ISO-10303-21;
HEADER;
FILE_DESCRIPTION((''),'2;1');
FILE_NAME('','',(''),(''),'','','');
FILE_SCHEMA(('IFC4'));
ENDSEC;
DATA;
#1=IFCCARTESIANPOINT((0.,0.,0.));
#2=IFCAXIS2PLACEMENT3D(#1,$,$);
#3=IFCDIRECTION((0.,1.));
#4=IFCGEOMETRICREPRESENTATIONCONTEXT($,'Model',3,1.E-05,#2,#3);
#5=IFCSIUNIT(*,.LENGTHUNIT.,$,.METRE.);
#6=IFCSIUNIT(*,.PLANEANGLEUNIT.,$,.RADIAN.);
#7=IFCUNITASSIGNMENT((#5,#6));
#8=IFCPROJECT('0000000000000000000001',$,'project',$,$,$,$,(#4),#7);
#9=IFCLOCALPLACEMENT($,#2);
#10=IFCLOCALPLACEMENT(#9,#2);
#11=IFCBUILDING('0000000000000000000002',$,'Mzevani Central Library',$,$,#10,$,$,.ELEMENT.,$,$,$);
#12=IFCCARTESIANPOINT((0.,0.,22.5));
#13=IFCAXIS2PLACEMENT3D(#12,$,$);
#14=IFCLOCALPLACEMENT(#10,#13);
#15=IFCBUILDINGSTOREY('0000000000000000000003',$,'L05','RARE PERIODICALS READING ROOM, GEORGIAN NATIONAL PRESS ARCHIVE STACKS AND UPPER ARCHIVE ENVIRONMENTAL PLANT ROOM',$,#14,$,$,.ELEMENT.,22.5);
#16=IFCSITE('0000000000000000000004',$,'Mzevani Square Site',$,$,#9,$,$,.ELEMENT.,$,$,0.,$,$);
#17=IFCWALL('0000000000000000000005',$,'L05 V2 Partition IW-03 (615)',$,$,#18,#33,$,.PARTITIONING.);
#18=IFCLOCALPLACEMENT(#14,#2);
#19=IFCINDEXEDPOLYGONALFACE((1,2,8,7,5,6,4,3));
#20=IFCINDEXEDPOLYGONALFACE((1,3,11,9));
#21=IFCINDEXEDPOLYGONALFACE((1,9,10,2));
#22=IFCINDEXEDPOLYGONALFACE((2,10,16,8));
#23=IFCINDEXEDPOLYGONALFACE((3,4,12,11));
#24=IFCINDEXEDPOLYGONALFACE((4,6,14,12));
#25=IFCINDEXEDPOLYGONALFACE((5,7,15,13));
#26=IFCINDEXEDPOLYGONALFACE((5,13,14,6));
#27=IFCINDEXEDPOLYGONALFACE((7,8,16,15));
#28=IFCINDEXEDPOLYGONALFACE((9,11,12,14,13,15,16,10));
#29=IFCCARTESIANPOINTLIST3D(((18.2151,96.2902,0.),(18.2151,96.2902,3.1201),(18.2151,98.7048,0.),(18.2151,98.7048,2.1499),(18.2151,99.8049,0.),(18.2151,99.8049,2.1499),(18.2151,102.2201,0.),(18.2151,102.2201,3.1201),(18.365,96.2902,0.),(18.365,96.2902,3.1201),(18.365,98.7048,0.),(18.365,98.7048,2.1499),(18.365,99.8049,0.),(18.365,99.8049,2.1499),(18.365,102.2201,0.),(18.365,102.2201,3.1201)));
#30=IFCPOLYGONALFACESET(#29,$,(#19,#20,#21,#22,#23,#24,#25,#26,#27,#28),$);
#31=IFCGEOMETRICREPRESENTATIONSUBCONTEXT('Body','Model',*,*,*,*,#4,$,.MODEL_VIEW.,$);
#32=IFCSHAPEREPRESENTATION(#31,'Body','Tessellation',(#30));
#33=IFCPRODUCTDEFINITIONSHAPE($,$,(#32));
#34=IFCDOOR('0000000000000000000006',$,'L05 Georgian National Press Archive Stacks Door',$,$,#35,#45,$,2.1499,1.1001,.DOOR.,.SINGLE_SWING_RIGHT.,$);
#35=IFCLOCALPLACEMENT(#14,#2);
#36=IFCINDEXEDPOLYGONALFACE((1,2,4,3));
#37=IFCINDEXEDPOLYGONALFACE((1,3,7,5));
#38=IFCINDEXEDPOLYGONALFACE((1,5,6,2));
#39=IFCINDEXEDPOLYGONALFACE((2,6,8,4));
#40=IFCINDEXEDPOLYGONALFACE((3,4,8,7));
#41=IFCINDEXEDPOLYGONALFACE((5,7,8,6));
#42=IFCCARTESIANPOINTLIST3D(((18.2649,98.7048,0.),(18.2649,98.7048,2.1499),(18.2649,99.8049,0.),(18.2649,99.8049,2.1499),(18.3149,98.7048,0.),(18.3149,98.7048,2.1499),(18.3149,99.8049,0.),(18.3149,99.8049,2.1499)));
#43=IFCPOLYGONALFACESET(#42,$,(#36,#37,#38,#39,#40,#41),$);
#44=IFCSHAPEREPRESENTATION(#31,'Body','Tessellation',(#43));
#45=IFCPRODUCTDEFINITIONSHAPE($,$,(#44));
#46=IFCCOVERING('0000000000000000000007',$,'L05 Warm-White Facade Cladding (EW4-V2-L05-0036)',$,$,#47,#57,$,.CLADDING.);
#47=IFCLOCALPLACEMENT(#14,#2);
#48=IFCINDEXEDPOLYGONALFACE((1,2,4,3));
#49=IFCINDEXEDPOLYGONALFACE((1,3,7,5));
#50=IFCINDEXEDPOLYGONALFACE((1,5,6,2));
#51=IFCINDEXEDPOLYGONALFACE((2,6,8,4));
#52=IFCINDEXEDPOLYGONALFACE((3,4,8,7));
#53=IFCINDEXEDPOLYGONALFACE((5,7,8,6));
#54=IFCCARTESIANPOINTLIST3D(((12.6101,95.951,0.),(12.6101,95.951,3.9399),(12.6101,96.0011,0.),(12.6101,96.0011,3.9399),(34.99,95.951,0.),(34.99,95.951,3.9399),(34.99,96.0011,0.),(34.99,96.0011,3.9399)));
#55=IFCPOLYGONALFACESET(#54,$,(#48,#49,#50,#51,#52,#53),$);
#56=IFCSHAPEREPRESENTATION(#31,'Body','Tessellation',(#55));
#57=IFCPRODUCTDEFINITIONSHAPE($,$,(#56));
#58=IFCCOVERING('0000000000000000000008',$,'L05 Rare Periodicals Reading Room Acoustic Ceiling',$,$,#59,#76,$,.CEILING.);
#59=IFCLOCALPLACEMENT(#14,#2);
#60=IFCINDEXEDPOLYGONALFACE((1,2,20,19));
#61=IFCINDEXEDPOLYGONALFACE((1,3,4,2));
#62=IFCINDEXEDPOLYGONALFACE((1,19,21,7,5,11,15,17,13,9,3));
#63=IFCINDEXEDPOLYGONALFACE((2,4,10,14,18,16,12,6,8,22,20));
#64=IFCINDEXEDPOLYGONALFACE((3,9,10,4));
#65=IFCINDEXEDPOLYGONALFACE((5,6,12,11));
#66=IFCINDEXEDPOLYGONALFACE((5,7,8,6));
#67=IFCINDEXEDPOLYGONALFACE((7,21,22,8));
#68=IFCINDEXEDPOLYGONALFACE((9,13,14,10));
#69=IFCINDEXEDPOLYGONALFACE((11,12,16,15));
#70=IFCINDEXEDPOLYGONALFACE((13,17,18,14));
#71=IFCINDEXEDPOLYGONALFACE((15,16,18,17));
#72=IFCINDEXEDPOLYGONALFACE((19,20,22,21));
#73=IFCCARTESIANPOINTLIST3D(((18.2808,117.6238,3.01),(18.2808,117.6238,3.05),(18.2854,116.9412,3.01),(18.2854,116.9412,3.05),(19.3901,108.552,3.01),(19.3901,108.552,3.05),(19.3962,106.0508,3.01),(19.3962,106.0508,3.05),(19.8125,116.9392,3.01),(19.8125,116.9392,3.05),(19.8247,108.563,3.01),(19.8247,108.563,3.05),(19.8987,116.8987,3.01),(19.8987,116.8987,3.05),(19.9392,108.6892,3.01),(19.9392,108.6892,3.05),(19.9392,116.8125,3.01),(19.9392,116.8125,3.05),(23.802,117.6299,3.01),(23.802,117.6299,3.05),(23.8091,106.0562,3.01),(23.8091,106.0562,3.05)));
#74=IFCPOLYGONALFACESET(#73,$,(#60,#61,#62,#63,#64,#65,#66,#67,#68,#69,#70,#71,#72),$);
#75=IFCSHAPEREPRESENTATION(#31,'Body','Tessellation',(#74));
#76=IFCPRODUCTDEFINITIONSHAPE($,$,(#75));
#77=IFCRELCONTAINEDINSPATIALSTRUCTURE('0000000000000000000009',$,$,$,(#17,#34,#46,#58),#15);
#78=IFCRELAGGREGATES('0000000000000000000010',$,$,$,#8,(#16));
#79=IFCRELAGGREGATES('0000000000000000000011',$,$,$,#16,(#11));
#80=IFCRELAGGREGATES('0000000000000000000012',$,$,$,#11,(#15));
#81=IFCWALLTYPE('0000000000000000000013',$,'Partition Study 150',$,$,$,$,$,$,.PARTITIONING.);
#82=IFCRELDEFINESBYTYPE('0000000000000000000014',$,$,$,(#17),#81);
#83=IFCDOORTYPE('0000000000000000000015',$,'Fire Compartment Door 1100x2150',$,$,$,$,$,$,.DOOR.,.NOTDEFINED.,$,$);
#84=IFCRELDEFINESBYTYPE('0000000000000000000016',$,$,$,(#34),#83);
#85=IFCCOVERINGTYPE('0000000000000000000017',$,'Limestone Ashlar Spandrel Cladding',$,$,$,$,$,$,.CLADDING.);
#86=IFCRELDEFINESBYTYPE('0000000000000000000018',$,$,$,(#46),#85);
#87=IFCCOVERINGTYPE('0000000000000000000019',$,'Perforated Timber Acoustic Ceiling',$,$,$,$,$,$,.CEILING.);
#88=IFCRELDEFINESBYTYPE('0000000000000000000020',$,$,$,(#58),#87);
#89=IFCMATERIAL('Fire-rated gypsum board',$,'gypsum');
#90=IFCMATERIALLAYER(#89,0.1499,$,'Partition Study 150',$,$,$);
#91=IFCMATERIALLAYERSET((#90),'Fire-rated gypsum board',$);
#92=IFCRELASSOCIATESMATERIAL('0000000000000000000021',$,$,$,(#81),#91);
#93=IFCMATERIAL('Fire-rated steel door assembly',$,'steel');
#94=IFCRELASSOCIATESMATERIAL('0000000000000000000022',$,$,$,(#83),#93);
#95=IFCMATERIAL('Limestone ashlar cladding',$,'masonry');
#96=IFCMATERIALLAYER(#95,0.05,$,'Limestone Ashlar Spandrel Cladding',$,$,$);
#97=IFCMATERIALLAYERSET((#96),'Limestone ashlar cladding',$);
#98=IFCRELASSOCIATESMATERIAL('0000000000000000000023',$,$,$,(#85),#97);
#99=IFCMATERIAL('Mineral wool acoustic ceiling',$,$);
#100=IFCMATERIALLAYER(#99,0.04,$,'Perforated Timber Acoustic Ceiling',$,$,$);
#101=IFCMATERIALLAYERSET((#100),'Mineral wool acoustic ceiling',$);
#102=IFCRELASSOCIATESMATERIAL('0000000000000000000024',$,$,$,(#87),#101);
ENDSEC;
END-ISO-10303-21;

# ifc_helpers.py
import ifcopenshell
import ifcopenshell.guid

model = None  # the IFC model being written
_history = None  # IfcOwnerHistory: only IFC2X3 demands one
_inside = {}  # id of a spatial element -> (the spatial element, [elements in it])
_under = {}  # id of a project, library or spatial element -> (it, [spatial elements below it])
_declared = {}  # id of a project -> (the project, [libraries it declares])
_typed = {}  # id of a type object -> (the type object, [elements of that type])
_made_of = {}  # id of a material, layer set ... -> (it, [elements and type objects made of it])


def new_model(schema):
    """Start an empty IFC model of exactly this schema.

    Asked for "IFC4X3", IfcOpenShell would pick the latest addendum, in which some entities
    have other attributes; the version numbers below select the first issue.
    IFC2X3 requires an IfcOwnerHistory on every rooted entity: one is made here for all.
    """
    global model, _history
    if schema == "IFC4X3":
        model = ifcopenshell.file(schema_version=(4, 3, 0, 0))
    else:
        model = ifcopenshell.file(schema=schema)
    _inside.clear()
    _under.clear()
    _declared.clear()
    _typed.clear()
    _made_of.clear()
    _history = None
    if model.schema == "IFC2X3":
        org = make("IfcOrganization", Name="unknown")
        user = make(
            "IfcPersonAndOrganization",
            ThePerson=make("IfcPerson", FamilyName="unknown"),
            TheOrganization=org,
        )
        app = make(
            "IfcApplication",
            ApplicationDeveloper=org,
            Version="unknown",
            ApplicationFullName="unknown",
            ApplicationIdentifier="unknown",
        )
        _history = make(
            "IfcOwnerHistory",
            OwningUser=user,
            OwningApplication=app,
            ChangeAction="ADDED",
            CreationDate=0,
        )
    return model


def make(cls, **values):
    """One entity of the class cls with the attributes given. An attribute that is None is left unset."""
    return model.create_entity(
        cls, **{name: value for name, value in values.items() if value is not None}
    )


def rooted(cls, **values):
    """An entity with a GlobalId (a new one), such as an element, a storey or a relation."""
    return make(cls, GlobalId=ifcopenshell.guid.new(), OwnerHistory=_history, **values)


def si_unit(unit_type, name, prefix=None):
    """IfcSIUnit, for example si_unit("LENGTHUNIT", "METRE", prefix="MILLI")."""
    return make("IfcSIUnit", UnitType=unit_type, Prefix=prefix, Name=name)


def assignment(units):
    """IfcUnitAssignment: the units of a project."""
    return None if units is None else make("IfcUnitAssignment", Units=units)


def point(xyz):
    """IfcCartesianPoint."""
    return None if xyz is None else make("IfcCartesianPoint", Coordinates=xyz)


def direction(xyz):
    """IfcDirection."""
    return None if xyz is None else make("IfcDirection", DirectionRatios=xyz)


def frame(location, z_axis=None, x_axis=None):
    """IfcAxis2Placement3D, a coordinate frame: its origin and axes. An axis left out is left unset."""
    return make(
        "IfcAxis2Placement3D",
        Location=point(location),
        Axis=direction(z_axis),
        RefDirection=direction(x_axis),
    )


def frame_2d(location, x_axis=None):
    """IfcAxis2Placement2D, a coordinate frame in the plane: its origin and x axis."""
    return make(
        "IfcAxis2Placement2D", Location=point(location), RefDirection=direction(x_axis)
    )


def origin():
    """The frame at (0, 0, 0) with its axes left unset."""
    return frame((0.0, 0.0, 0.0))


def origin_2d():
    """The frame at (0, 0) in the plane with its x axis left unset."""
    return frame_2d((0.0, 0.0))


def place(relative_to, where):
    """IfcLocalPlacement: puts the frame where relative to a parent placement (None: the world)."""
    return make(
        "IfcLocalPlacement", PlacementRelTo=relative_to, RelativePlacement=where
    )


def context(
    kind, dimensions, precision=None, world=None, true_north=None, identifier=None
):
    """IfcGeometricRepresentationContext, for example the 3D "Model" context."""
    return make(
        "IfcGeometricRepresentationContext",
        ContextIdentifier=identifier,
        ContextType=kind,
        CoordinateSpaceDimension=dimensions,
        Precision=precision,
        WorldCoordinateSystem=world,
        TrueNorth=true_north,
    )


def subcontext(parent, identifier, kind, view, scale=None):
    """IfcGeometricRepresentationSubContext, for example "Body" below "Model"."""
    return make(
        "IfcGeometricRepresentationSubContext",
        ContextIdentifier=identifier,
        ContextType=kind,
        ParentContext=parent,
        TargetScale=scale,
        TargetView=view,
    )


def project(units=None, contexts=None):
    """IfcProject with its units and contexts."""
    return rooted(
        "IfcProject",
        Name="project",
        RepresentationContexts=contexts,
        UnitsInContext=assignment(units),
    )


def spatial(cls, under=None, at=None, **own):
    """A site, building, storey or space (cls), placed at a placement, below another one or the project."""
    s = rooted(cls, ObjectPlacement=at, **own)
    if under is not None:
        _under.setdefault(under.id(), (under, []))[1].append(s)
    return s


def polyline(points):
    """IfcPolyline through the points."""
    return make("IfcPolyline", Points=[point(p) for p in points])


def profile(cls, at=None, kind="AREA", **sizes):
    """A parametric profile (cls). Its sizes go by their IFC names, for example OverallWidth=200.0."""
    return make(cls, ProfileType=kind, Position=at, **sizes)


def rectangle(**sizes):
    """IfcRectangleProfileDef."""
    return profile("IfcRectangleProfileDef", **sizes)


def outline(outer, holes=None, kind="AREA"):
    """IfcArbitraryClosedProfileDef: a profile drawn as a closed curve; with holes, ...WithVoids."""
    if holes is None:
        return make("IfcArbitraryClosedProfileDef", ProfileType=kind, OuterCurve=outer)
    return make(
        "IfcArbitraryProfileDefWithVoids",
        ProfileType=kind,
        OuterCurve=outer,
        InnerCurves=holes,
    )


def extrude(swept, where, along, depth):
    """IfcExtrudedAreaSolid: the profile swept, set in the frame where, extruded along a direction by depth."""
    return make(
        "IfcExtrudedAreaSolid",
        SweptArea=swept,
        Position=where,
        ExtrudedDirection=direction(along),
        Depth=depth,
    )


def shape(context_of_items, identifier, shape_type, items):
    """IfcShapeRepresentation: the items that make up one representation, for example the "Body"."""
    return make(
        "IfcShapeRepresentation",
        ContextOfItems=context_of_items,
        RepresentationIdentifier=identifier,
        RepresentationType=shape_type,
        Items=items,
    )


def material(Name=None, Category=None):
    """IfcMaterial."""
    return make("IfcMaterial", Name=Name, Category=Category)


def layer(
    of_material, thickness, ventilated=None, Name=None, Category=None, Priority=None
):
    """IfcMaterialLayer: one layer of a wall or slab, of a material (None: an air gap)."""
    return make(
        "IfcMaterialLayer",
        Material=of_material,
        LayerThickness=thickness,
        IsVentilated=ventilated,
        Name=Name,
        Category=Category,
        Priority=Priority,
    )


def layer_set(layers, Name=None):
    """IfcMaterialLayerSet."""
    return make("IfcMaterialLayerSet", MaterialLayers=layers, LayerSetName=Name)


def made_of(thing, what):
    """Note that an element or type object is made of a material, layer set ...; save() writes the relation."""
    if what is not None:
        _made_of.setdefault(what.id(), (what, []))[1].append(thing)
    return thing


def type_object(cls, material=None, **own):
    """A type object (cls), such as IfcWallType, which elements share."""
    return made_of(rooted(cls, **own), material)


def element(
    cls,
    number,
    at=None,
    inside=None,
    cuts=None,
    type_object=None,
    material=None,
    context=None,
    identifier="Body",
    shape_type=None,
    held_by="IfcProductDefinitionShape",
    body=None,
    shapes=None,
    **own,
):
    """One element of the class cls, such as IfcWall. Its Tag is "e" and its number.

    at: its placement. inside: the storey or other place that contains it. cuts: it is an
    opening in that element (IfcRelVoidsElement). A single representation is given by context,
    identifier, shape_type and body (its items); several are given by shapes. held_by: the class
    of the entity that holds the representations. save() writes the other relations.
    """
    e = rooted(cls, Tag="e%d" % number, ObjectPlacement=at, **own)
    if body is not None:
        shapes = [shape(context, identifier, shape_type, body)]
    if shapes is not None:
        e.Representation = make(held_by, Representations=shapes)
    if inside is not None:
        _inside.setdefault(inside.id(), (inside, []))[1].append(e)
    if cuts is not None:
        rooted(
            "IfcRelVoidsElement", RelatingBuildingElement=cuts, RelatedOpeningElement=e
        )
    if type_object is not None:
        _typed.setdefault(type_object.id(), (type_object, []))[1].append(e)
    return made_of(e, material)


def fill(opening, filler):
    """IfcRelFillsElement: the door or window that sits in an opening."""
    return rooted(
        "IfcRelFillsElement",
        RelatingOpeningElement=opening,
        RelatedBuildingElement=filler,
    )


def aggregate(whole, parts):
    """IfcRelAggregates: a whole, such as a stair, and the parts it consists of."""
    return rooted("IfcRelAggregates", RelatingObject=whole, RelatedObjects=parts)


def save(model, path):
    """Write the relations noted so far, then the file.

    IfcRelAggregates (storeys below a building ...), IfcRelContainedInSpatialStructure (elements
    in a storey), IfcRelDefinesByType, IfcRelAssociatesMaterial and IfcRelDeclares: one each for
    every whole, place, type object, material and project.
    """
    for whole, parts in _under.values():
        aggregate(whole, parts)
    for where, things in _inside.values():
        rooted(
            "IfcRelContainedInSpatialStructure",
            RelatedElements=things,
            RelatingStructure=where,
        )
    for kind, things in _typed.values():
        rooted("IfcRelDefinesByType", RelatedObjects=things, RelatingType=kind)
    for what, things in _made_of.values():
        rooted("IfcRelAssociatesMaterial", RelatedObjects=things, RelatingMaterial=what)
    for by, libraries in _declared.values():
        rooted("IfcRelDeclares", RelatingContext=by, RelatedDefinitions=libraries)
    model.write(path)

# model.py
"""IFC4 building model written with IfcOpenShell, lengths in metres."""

from ifc_helpers import new_model, si_unit, direction, frame, frame_2d, origin, origin_2d, place, context, subcontext, project, spatial, polyline, rectangle, outline, extrude, material, layer, layer_set, type_object, element, fill, save


model = new_model("IFC4")

# Units and contexts
model_context = context("Model", 3, precision=1e-05, world=origin(), true_north=direction((0.0, 1.0)))
body_context = subcontext(model_context, "Body", "Model", "MODEL_VIEW")
ifc_project = project(units=[si_unit("LENGTHUNIT", "METRE"), si_unit("PLANEANGLEUNIT", "RADIAN")], contexts=[model_context])

# Site, building, storey
site_placement = place(None, origin())
site = spatial("IfcSite", under=ifc_project, at=site_placement, Name="Mzevani Square Site", CompositionType="ELEMENT", RefElevation=0.0)
building_placement = place(site_placement, origin())
building = spatial("IfcBuilding", under=site, at=building_placement, Name="Mzevani Central Library", CompositionType="ELEMENT")
storey_placement = place(building_placement, frame((0.0, 0.0, 22.5)))
storey = spatial("IfcBuildingStorey", under=building, at=storey_placement, Name="L05", Description="RARE PERIODICALS READING ROOM, GEORGIAN NATIONAL PRESS ARCHIVE STACKS AND UPPER ARCHIVE ENVIRONMENTAL PLANT ROOM", CompositionType="ELEMENT", Elevation=22.5)

# Wall, opening, door
ifc_material_1 = material(Name="Fire-rated gypsum board", Category="gypsum")
ifc_layer_1 = layer(ifc_material_1, 0.1499, Name="Partition Study 150")
ifc_layer_set_1 = layer_set([ifc_layer_1], Name="Fire-rated gypsum board")
wall_type_1 = type_object("IfcWallType", Name="Partition Study 150", PredefinedType="PARTITIONING", material=ifc_layer_set_1)
wall_1_placement = place(storey_placement, frame((18.29, 102.22, 0.0), z_axis=(0.0, 0.0, 1.0), x_axis=(0.0, -1.0, 0.0)))
wall_1 = element("IfcWall", 1, at=wall_1_placement, inside=storey, type_object=wall_type_1, Name="L05 V2 Partition IW-03 (615)", PredefinedType="PARTITIONING", context=body_context, shape_type="SweptSolid", body=[
    extrude(rectangle(XDim=5.9299, YDim=0.1499, at=frame_2d((2.9648, 0.0))), origin(), (0.0, 0.0, 1.0), 3.1201),
])
opening_placement = place(wall_1_placement, frame((2.415, 0.0, 0.0)))
opening = element("IfcOpeningElement", 2, at=opening_placement, cuts=wall_1, PredefinedType="OPENING", context=body_context, shape_type="SweptSolid", body=[
    extrude(rectangle(XDim=1.1001, YDim=2.1499, at=frame_2d((0.55, 1.075))), frame((0.0, 0.085, 0.0), z_axis=(0.0, -1.0, 0.0), x_axis=(1.0, 0.0, 0.0)), (0.0, 0.0, 1.0), 0.1699),
])
ifc_material_2 = material(Name="Fire-rated steel door assembly", Category="steel")
door_type = type_object("IfcDoorType", Name="Fire Compartment Door 1100x2150", OperationType="NOTDEFINED", PredefinedType="DOOR", material=ifc_material_2)
door_placement = place(opening_placement, origin())
door = element("IfcDoor", 3, at=door_placement, inside=storey, type_object=door_type, Name="L05 Georgian National Press Archive Stacks Door", OperationType="SINGLE_SWING_RIGHT", OverallHeight=2.1499, OverallWidth=1.1001, PredefinedType="DOOR", context=body_context, shape_type="SweptSolid", body=[
    extrude(rectangle(XDim=1.1001, YDim=2.1499, at=frame_2d((0.55, 1.075))), frame((0.0, 0.0249, 0.0), z_axis=(0.0, -1.0, 0.0), x_axis=(1.0, 0.0, 0.0)), (0.0, 0.0, 1.0), 0.05),
])
fill(opening, door)

# Coverings
ifc_material_3 = material(Name="Limestone ashlar cladding", Category="masonry")
ifc_layer_2 = layer(ifc_material_3, 0.05, Name="Limestone Ashlar Spandrel Cladding")
ifc_layer_set_2 = layer_set([ifc_layer_2], Name="Limestone ashlar cladding")
covering_type_1 = type_object("IfcCoveringType", Name="Limestone Ashlar Spandrel Cladding", PredefinedType="CLADDING", material=ifc_layer_set_2)
covering_1_placement = place(storey_placement, frame((23.8, 95.9761, 0.0), z_axis=(0.0, 0.0, 1.0), x_axis=(-1.0, 0.0, 0.0)))
element("IfcCovering", 4, at=covering_1_placement, inside=storey, type_object=covering_type_1, Name="L05 Warm-White Facade Cladding (EW4-V2-L05-0036)", PredefinedType="CLADDING", context=body_context, shape_type="SweptSolid", body=[
    extrude(rectangle(XDim=22.3799, YDim=0.05, at=origin_2d()), origin(), (0.0, 0.0, 1.0), 3.9399),
])
ifc_material_4 = material(Name="Mineral wool acoustic ceiling")
ifc_layer_3 = layer(ifc_material_4, 0.04, Name="Perforated Timber Acoustic Ceiling")
ifc_layer_set_3 = layer_set([ifc_layer_3], Name="Mineral wool acoustic ceiling")
covering_type_2 = type_object("IfcCoveringType", Name="Perforated Timber Acoustic Ceiling", PredefinedType="CEILING", material=ifc_layer_set_3)
covering_2_placement = place(storey_placement, frame((0.0, 0.0, 3.01)))
element("IfcCovering", 5, at=covering_2_placement, inside=storey, type_object=covering_type_2, Name="L05 Rare Periodicals Reading Room Acoustic Ceiling", PredefinedType="CEILING", context=body_context, shape_type="SweptSolid", body=[
    extrude(outline(polyline([(23.802, 117.6299), (23.8091, 106.0562), (19.3962, 106.0508), (19.3901, 108.552), (19.8247, 108.563), (19.9392, 108.6892), (19.9392, 116.8125), (19.8987, 116.8987), (19.8125, 116.9392), (18.2854, 116.9412), (18.2808, 117.6238), (23.802, 117.6299)])), origin(), (0.0, 0.0, 1.0), 0.04),
])

save(model, "model.ifc")
